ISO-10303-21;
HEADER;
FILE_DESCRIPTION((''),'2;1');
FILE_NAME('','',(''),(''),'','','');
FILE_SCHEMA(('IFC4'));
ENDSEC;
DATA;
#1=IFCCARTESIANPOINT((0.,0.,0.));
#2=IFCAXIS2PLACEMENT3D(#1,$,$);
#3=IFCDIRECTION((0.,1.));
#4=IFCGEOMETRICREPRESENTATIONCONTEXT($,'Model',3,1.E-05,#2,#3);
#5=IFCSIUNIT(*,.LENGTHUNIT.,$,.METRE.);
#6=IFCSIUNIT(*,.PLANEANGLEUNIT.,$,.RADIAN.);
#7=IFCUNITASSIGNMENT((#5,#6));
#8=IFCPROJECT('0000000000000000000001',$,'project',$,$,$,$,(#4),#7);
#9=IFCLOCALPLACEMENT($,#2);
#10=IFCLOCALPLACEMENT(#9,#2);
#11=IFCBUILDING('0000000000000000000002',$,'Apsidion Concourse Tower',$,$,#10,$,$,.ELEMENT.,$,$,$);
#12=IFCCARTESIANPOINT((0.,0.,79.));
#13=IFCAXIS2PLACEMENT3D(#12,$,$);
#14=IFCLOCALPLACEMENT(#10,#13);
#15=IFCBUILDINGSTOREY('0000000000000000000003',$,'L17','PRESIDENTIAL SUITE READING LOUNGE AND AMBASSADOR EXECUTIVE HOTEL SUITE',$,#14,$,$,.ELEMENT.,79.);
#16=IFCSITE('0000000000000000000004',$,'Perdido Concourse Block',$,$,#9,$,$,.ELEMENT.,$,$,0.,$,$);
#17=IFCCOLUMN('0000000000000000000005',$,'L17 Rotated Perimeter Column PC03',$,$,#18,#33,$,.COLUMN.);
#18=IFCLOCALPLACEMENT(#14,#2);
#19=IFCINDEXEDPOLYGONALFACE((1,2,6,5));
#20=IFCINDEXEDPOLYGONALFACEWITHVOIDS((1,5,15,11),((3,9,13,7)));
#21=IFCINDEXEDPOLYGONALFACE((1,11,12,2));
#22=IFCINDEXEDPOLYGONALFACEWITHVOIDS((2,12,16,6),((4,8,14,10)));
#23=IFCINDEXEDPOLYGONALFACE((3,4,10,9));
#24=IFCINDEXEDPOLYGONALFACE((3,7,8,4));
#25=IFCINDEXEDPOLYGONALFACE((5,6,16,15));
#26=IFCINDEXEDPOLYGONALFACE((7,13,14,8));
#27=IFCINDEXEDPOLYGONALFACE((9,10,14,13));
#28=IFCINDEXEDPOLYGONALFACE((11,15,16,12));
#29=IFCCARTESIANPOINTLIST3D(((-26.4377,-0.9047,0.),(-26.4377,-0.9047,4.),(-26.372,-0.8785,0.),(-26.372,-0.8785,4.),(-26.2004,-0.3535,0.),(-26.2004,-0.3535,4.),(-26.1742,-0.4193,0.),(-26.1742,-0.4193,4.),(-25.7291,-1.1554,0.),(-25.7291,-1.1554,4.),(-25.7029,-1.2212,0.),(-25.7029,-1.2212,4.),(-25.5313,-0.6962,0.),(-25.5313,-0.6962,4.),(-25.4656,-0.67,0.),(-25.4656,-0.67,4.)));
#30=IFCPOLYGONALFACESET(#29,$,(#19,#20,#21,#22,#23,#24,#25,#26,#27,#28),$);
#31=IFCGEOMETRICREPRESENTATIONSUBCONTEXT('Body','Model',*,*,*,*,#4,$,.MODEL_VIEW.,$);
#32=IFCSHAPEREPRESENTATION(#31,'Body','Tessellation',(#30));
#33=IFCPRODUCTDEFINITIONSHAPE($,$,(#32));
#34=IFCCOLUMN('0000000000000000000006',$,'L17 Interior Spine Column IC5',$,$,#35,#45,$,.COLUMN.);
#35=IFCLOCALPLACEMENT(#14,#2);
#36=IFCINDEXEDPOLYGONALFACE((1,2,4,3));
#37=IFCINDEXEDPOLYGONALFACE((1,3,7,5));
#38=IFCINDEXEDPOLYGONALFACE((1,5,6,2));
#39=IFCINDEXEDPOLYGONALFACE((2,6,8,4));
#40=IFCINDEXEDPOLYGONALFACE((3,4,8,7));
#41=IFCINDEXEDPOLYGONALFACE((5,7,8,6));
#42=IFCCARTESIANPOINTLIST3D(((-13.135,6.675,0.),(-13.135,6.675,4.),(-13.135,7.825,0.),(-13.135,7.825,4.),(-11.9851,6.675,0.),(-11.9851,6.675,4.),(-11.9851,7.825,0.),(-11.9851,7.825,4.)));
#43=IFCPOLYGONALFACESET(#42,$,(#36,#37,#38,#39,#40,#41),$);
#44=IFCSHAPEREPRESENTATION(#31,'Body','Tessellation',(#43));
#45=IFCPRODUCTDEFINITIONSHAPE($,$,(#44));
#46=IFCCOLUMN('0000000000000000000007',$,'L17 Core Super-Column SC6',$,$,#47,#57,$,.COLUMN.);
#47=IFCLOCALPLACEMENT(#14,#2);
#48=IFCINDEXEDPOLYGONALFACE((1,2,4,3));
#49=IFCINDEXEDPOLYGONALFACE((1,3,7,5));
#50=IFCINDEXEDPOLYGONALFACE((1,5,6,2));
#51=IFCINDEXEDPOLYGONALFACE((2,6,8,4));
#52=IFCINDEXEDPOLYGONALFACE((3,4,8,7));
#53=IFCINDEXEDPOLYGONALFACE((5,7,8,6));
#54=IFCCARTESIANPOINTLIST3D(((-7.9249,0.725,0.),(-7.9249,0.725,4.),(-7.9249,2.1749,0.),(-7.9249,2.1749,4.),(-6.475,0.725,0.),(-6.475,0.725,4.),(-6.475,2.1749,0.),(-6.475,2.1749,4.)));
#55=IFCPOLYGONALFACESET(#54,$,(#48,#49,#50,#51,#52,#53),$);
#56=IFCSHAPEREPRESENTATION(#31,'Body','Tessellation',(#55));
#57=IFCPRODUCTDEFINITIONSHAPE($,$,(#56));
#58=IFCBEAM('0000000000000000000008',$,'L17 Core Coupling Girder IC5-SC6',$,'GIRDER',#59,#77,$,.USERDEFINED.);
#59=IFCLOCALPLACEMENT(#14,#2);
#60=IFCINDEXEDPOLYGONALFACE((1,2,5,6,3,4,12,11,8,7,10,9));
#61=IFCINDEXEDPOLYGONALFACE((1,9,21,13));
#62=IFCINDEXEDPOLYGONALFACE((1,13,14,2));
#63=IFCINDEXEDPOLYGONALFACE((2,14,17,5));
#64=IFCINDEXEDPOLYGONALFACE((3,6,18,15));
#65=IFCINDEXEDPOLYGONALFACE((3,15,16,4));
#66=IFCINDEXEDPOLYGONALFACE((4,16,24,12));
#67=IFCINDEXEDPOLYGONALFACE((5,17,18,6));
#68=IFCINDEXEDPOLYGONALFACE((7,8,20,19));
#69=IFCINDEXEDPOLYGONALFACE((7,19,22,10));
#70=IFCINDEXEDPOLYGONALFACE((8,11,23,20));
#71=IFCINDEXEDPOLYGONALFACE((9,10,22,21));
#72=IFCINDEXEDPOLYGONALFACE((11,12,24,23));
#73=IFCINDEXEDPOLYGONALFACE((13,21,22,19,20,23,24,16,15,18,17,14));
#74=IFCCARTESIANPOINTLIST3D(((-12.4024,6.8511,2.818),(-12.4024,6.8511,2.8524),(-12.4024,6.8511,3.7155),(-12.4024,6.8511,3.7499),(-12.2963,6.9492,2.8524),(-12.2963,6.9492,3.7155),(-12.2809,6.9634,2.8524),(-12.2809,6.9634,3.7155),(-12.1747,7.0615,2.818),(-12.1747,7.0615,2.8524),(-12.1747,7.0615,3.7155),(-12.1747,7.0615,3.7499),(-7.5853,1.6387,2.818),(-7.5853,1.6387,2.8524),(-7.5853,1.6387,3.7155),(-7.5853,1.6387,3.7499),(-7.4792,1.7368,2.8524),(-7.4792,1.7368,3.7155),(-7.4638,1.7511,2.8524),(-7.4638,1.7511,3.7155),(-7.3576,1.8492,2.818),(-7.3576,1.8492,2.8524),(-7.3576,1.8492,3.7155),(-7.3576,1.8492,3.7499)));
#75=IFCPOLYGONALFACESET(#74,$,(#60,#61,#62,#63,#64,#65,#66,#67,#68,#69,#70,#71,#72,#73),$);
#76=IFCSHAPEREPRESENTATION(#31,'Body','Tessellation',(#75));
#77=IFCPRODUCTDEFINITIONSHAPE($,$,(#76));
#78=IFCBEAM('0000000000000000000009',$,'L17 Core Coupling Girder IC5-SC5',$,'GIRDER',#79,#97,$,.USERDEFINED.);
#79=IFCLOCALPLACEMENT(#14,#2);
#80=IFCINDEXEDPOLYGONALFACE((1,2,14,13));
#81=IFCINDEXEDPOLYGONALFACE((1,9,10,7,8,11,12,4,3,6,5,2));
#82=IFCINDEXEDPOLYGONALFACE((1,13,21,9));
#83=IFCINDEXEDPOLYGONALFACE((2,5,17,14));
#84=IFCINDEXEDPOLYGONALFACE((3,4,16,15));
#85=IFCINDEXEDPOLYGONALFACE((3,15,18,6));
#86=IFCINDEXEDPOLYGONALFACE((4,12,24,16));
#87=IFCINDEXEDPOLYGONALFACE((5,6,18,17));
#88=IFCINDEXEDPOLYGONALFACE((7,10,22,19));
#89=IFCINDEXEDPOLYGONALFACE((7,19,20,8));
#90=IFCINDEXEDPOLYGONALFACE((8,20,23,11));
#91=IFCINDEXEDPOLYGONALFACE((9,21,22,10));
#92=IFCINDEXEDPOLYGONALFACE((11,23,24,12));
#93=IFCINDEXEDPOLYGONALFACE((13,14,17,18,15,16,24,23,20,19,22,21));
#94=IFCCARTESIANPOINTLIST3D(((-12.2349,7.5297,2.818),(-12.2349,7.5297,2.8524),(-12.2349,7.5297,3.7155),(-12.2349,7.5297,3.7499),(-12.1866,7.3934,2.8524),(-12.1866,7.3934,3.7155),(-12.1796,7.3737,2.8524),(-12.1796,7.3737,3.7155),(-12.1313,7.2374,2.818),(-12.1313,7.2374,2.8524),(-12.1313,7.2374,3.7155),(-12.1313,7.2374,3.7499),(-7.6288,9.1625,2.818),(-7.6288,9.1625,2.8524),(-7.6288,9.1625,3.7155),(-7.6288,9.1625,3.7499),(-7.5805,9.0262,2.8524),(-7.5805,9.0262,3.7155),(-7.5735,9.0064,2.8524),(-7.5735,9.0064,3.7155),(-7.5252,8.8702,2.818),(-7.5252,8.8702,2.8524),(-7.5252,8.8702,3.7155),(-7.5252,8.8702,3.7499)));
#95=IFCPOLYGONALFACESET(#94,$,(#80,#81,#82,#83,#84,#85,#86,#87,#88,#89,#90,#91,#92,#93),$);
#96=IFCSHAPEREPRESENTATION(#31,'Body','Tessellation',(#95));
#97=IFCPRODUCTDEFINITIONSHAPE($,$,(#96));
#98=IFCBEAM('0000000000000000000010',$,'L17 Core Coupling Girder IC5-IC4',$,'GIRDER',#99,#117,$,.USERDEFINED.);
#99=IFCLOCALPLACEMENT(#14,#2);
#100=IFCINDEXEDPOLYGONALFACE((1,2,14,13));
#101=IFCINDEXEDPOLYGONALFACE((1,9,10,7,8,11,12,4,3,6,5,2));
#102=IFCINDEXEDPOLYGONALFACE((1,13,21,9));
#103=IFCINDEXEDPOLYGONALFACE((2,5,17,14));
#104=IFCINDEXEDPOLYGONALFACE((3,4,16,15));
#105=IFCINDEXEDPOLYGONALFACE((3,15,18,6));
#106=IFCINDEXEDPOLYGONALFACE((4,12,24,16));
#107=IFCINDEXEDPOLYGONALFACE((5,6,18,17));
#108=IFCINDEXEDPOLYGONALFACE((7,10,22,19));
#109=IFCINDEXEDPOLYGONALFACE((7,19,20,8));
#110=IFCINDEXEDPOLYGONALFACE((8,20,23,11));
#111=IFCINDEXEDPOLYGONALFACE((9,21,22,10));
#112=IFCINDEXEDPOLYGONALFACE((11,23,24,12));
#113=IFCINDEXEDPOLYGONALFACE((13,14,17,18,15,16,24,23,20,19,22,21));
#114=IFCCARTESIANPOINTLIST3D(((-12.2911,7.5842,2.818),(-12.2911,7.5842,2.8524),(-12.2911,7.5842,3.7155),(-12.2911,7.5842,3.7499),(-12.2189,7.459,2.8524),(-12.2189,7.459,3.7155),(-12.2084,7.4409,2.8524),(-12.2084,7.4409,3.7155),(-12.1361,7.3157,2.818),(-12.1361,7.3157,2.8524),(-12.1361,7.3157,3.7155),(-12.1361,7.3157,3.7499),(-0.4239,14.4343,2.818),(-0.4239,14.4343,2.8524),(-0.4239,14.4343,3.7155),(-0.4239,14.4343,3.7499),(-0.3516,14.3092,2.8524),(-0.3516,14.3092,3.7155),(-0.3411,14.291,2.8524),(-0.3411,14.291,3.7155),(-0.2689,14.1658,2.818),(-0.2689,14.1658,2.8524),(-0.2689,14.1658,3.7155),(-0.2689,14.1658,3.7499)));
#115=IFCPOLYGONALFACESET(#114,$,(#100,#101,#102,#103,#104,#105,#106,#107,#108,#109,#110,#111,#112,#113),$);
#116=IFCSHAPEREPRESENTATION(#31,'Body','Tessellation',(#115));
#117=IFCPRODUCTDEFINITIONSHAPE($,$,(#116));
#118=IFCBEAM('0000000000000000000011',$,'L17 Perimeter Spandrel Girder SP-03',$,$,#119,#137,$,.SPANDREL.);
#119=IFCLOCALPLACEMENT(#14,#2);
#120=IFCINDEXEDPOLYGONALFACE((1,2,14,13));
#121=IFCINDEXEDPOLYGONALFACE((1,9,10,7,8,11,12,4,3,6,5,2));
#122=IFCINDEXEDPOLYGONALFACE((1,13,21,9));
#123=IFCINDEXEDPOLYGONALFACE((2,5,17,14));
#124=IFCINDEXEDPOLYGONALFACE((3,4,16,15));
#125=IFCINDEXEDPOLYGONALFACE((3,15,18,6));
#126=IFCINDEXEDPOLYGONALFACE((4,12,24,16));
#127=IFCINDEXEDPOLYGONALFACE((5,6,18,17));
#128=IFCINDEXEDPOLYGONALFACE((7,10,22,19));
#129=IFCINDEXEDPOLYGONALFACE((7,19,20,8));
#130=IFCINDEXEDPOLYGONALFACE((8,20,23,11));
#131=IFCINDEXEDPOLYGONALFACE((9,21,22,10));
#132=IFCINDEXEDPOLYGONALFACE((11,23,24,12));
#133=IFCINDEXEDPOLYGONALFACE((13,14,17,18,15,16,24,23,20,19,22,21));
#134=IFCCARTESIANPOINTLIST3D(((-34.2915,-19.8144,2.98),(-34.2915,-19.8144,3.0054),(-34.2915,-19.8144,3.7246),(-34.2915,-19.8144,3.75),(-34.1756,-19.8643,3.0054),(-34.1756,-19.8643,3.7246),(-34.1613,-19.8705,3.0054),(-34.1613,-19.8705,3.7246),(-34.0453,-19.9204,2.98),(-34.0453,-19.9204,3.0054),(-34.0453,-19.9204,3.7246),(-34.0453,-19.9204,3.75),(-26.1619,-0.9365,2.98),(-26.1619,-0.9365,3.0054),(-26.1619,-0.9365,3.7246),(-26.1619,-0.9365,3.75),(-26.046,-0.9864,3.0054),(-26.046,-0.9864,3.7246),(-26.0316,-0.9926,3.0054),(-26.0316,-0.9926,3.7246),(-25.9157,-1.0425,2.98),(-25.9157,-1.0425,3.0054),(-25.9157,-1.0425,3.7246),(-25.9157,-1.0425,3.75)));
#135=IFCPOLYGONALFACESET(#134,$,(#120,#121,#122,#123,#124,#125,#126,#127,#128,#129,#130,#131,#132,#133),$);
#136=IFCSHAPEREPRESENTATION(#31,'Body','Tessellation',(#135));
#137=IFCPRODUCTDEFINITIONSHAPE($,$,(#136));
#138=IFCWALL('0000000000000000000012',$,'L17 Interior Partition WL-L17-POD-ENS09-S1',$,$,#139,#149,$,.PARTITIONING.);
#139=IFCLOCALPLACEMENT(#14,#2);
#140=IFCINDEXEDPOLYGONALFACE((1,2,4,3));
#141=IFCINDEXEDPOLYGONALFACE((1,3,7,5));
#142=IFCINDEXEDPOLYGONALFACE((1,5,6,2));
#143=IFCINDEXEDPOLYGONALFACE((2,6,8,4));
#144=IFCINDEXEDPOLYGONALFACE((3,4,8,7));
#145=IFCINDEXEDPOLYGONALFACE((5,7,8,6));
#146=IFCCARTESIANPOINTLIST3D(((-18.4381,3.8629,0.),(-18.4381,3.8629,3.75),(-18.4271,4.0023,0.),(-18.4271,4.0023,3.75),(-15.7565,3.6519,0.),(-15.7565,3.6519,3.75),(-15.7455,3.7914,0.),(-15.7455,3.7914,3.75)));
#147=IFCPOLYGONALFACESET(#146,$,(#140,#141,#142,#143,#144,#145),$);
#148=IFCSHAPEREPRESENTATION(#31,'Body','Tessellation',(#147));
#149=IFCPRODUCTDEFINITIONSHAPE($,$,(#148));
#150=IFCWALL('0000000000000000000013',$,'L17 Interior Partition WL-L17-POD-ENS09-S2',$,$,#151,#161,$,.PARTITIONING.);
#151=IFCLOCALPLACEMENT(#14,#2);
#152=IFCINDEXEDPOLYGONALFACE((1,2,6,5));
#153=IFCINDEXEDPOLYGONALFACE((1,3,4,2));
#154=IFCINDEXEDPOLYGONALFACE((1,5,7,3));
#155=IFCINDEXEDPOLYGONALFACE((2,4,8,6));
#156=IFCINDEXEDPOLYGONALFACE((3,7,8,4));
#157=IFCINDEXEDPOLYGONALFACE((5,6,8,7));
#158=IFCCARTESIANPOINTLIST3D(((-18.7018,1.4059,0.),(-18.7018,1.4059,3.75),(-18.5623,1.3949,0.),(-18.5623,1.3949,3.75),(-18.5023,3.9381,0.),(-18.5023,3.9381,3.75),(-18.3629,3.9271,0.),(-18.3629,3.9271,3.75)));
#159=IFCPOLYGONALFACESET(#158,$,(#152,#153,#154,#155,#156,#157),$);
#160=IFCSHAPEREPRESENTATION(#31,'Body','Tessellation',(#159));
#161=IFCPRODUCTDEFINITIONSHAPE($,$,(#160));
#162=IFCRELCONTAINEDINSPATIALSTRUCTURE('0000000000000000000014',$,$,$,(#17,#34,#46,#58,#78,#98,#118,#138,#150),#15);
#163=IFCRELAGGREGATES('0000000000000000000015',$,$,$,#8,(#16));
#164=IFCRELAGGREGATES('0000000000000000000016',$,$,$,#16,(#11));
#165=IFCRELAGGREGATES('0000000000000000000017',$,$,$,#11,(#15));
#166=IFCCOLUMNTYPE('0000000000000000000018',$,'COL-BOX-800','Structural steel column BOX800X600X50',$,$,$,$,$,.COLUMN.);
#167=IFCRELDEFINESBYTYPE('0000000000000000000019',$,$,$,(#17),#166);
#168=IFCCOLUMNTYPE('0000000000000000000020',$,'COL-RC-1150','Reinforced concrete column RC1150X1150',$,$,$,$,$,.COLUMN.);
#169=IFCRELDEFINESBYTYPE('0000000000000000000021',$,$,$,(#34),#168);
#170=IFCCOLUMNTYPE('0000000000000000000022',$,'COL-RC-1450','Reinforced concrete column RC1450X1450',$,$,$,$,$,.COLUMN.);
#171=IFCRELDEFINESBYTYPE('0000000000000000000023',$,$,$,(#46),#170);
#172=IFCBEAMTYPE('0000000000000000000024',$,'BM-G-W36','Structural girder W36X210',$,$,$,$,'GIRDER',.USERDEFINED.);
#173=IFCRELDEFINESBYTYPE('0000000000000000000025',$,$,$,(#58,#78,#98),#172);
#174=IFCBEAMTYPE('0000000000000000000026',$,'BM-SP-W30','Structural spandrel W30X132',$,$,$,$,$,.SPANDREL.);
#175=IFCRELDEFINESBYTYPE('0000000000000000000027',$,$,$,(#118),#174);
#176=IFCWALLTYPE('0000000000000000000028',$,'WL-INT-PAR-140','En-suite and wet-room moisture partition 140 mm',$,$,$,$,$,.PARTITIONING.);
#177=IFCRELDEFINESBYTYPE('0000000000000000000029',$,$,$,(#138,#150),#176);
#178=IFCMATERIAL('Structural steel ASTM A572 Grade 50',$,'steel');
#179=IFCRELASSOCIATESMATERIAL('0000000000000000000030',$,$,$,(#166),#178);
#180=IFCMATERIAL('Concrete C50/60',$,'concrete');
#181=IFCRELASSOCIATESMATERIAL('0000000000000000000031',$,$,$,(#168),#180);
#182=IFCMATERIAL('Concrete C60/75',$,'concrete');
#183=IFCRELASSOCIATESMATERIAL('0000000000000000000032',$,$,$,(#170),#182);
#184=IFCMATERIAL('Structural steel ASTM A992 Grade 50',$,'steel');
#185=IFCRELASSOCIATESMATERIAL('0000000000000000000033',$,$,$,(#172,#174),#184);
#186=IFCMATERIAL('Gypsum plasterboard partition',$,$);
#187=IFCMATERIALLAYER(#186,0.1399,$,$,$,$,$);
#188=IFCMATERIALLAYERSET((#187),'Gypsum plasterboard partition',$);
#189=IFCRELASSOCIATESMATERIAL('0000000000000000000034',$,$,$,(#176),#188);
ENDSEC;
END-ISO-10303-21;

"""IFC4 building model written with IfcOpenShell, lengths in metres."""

from ifc_helpers import new_model, si_unit, direction, frame, frame_2d, origin, origin_2d, place, context, subcontext, project, spatial, rectangle, hollow_rectangle, i_section, extrude, material, layer, layer_set, material_profile, profile_set, type_object, element, save


model = new_model("IFC4")

# Units and contexts
model_context = context("Model", 3, precision=1e-05, world=origin(), true_north=direction((0.0, 1.0)))
body_context = subcontext(model_context, "Body", "Model", "MODEL_VIEW")
ifc_project = project(units=[si_unit("LENGTHUNIT", "METRE"), si_unit("PLANEANGLEUNIT", "RADIAN")], contexts=[model_context])

# Site, building, storey
site_placement = place(None, origin())
site = spatial("IfcSite", under=ifc_project, at=site_placement, Name="Perdido Concourse Block", CompositionType="ELEMENT", RefElevation=0.0)
building_placement = place(site_placement, origin())
building = spatial("IfcBuilding", under=site, at=building_placement, Name="Apsidion Concourse Tower", CompositionType="ELEMENT")
storey_placement = place(building_placement, frame((0.0, 0.0, 79.0)))
storey = spatial("IfcBuildingStorey", under=building, at=storey_placement, Name="L17", Description="PRESIDENTIAL SUITE READING LOUNGE AND AMBASSADOR EXECUTIVE HOTEL SUITE", CompositionType="ELEMENT", Elevation=79.0)

# Columns
ifc_material_1 = material(Name="Structural steel ASTM A572 Grade 50", Category="steel")
ifc_material_profile_1 = material_profile(ifc_material_1, hollow_rectangle(XDim=0.6001, YDim=0.8, WallThickness=0.05, at=origin_2d()), Name="BOX800X600X50")
ifc_profile_set_1 = profile_set([ifc_material_profile_1], Name="Structural steel ASTM A572 Grade 50")
column_type_1 = type_object("IfcColumnType", Name="COL-BOX-800", Description="Structural steel column BOX800X600X50", PredefinedType="COLUMN", material=ifc_profile_set_1)
column_1_placement = place(storey_placement, frame((-25.9517, -0.7874, 0.0), z_axis=(0.0, 0.0, 1.0), x_axis=(0.395546, 0.918446, 0.0)))
element("IfcColumn", 1, at=column_1_placement, inside=storey, type_object=column_type_1, Name="L17 Rotated Perimeter Column PC03", PredefinedType="COLUMN", context=body_context, shape_type="SweptSolid", body=[
    extrude(hollow_rectangle(XDim=0.6001, YDim=0.8, WallThickness=0.05, at=origin_2d()), origin(), (0.0, 0.0, 1.0), 4.0),
])
ifc_material_2 = material(Name="Concrete C50/60", Category="concrete")
ifc_material_profile_2 = material_profile(ifc_material_2, rectangle(XDim=1.1499, YDim=1.1499, at=origin_2d()), Name="RC 1150x1150")
ifc_profile_set_2 = profile_set([ifc_material_profile_2], Name="Concrete C50/60")
column_type_2 = type_object("IfcColumnType", Name="COL-RC-1150", Description="Reinforced concrete column RC1150X1150", PredefinedType="COLUMN", material=ifc_profile_set_2)
column_2_placement = place(storey_placement, frame((-12.5601, 7.25, 0.0), z_axis=(0.0, 0.0, 1.0), x_axis=(1.0, 0.0, 0.0)))
element("IfcColumn", 2, at=column_2_placement, inside=storey, type_object=column_type_2, Name="L17 Interior Spine Column IC5", PredefinedType="COLUMN", context=body_context, shape_type="SweptSolid", body=[
    extrude(rectangle(XDim=1.1499, YDim=1.1499, at=origin_2d()), origin(), (0.0, 0.0, 1.0), 4.0),
])
ifc_material_3 = material(Name="Concrete C60/75", Category="concrete")
ifc_material_profile_3 = material_profile(ifc_material_3, rectangle(XDim=1.45, YDim=1.45, at=origin_2d()), Name="RC 1450x1450")
ifc_profile_set_3 = profile_set([ifc_material_profile_3], Name="Concrete C60/75")
column_type_3 = type_object("IfcColumnType", Name="COL-RC-1450", Description="Reinforced concrete column RC1450X1450", PredefinedType="COLUMN", material=ifc_profile_set_3)
column_3_placement = place(storey_placement, frame((-7.2, 1.45, 0.0), z_axis=(0.0, 0.0, 1.0), x_axis=(1.0, 0.0, 0.0)))
element("IfcColumn", 3, at=column_3_placement, inside=storey, type_object=column_type_3, Name="L17 Core Super-Column SC6", PredefinedType="COLUMN", context=body_context, shape_type="SweptSolid", body=[
    extrude(rectangle(XDim=1.45, YDim=1.45, at=origin_2d()), origin(), (0.0, 0.0, 1.0), 4.0),
])

# Beams
ifc_material_4 = material(Name="Structural steel ASTM A992 Grade 50", Category="steel")
ifc_material_profile_4 = material_profile(ifc_material_4, i_section(OverallWidth=0.3101, OverallDepth=0.9319, WebThickness=0.021, FlangeThickness=0.0344, at=origin_2d()), Name="W36X210")
ifc_profile_set_4 = profile_set([ifc_material_profile_4], Name="Structural steel ASTM A992 Grade 50")
beam_type_1 = type_object("IfcBeamType", Name="BM-G-W36", Description="Structural girder W36X210", ElementType="GIRDER", PredefinedType="USERDEFINED", material=ifc_profile_set_4)
beam_1_placement = place(storey_placement, frame((-12.2886, 6.9563, 3.2839), z_axis=(0.678713, -0.734404, 0.0), x_axis=(0.734404, 0.678713, 0.0)))
element("IfcBeam", 4, at=beam_1_placement, inside=storey, type_object=beam_type_1, Name="L17 Core Coupling Girder IC5-SC6", ObjectType="GIRDER", PredefinedType="USERDEFINED", context=body_context, shape_type="SweptSolid", body=[
    extrude(i_section(OverallWidth=0.3101, OverallDepth=0.9319, WebThickness=0.021, FlangeThickness=0.0344, at=origin_2d()), origin(), (0.0, 0.0, 1.0), 7.0974),
])
beam_2_placement = place(storey_placement, frame((-12.1831, 7.3835, 3.2839), z_axis=(0.942534, 0.334111, 0.0), x_axis=(-0.334111, 0.942534, 0.0)))
element("IfcBeam", 5, at=beam_2_placement, inside=storey, type_object=beam_type_1, Name="L17 Core Coupling Girder IC5-SC5", ObjectType="GIRDER", PredefinedType="USERDEFINED", context=body_context, shape_type="SweptSolid", body=[
    extrude(i_section(OverallWidth=0.3101, OverallDepth=0.9319, WebThickness=0.021, FlangeThickness=0.0344, at=origin_2d()), origin(), (0.0, 0.0, 1.0), 4.887),
])
beam_3_placement = place(storey_placement, frame((-12.2136, 7.45, 3.2839), z_axis=(0.86607, 0.499922, 0.0), x_axis=(-0.499922, 0.86607, 0.0)))
element("IfcBeam", 6, at=beam_3_placement, inside=storey, type_object=beam_type_1, Name="L17 Core Coupling Girder IC5-IC4", ObjectType="GIRDER", PredefinedType="USERDEFINED", context=body_context, shape_type="SweptSolid", body=[
    extrude(i_section(OverallWidth=0.3101, OverallDepth=0.9319, WebThickness=0.021, FlangeThickness=0.0344, at=origin_2d()), origin(), (0.0, 0.0, 1.0), 13.7024),
])
ifc_material_profile_5 = material_profile(ifc_material_4, i_section(OverallWidth=0.2681, OverallDepth=0.77, WebThickness=0.0156, FlangeThickness=0.0254, at=origin_2d()), Name="W30X132")
ifc_profile_set_5 = profile_set([ifc_material_profile_5], Name="Structural steel ASTM A992 Grade 50")
beam_type_2 = type_object("IfcBeamType", Name="BM-SP-W30", Description="Structural spandrel W30X132", PredefinedType="SPANDREL", material=ifc_profile_set_5)
beam_4_placement = place(storey_placement, frame((-26.0388, -0.9895, 3.365), z_axis=(-0.395526, -0.918455, 0.0), x_axis=(0.918455, -0.395526, 0.0)))
element("IfcBeam", 7, at=beam_4_placement, inside=storey, type_object=beam_type_2, Name="L17 Perimeter Spandrel Girder SP-03", PredefinedType="SPANDREL", context=body_context, shape_type="SweptSolid", body=[
    extrude(i_section(OverallWidth=0.2681, OverallDepth=0.77, WebThickness=0.0156, FlangeThickness=0.0254, at=origin_2d()), origin(), (0.0, 0.0, 1.0), 20.554),
])

# Walls
ifc_material_5 = material(Name="Gypsum plasterboard partition")
ifc_layer_1 = layer(ifc_material_5, 0.1399)
ifc_layer_set_1 = layer_set([ifc_layer_1], Name="Gypsum plasterboard partition")
wall_type_1 = type_object("IfcWallType", Name="WL-INT-PAR-140", Description="En-suite and wet-room moisture partition 140 mm", PredefinedType="PARTITIONING", material=ifc_layer_set_1)
wall_1_placement = place(storey_placement, frame((-15.751, 3.7217, 0.0), z_axis=(0.0, 0.0, 1.0), x_axis=(-0.996921, 0.078418, 0.0)))
element("IfcWall", 8, at=wall_1_placement, inside=storey, type_object=wall_type_1, Name="L17 Interior Partition WL-L17-POD-ENS09-S1", PredefinedType="PARTITIONING", context=body_context, shape_type="SweptSolid", body=[
    extrude(rectangle(XDim=2.6899, YDim=0.1399, at=frame_2d((1.345, 0.0))), origin(), (0.0, 0.0, 1.0), 3.75),
])
wall_2_placement = place(storey_placement, frame((-18.4326, 3.9326, 0.0), z_axis=(0.0, 0.0, 1.0), x_axis=(-0.078527, -0.996912, 0.0)))
element("IfcWall", 9, at=wall_2_placement, inside=storey, type_object=wall_type_1, Name="L17 Interior Partition WL-L17-POD-ENS09-S2", PredefinedType="PARTITIONING", context=body_context, shape_type="SweptSolid", body=[
    extrude(rectangle(XDim=2.54, YDim=0.1399, at=frame_2d((1.27, 0.0))), origin(), (0.0, 0.0, 1.0), 3.75),
])

save(model, "model.ifc")
